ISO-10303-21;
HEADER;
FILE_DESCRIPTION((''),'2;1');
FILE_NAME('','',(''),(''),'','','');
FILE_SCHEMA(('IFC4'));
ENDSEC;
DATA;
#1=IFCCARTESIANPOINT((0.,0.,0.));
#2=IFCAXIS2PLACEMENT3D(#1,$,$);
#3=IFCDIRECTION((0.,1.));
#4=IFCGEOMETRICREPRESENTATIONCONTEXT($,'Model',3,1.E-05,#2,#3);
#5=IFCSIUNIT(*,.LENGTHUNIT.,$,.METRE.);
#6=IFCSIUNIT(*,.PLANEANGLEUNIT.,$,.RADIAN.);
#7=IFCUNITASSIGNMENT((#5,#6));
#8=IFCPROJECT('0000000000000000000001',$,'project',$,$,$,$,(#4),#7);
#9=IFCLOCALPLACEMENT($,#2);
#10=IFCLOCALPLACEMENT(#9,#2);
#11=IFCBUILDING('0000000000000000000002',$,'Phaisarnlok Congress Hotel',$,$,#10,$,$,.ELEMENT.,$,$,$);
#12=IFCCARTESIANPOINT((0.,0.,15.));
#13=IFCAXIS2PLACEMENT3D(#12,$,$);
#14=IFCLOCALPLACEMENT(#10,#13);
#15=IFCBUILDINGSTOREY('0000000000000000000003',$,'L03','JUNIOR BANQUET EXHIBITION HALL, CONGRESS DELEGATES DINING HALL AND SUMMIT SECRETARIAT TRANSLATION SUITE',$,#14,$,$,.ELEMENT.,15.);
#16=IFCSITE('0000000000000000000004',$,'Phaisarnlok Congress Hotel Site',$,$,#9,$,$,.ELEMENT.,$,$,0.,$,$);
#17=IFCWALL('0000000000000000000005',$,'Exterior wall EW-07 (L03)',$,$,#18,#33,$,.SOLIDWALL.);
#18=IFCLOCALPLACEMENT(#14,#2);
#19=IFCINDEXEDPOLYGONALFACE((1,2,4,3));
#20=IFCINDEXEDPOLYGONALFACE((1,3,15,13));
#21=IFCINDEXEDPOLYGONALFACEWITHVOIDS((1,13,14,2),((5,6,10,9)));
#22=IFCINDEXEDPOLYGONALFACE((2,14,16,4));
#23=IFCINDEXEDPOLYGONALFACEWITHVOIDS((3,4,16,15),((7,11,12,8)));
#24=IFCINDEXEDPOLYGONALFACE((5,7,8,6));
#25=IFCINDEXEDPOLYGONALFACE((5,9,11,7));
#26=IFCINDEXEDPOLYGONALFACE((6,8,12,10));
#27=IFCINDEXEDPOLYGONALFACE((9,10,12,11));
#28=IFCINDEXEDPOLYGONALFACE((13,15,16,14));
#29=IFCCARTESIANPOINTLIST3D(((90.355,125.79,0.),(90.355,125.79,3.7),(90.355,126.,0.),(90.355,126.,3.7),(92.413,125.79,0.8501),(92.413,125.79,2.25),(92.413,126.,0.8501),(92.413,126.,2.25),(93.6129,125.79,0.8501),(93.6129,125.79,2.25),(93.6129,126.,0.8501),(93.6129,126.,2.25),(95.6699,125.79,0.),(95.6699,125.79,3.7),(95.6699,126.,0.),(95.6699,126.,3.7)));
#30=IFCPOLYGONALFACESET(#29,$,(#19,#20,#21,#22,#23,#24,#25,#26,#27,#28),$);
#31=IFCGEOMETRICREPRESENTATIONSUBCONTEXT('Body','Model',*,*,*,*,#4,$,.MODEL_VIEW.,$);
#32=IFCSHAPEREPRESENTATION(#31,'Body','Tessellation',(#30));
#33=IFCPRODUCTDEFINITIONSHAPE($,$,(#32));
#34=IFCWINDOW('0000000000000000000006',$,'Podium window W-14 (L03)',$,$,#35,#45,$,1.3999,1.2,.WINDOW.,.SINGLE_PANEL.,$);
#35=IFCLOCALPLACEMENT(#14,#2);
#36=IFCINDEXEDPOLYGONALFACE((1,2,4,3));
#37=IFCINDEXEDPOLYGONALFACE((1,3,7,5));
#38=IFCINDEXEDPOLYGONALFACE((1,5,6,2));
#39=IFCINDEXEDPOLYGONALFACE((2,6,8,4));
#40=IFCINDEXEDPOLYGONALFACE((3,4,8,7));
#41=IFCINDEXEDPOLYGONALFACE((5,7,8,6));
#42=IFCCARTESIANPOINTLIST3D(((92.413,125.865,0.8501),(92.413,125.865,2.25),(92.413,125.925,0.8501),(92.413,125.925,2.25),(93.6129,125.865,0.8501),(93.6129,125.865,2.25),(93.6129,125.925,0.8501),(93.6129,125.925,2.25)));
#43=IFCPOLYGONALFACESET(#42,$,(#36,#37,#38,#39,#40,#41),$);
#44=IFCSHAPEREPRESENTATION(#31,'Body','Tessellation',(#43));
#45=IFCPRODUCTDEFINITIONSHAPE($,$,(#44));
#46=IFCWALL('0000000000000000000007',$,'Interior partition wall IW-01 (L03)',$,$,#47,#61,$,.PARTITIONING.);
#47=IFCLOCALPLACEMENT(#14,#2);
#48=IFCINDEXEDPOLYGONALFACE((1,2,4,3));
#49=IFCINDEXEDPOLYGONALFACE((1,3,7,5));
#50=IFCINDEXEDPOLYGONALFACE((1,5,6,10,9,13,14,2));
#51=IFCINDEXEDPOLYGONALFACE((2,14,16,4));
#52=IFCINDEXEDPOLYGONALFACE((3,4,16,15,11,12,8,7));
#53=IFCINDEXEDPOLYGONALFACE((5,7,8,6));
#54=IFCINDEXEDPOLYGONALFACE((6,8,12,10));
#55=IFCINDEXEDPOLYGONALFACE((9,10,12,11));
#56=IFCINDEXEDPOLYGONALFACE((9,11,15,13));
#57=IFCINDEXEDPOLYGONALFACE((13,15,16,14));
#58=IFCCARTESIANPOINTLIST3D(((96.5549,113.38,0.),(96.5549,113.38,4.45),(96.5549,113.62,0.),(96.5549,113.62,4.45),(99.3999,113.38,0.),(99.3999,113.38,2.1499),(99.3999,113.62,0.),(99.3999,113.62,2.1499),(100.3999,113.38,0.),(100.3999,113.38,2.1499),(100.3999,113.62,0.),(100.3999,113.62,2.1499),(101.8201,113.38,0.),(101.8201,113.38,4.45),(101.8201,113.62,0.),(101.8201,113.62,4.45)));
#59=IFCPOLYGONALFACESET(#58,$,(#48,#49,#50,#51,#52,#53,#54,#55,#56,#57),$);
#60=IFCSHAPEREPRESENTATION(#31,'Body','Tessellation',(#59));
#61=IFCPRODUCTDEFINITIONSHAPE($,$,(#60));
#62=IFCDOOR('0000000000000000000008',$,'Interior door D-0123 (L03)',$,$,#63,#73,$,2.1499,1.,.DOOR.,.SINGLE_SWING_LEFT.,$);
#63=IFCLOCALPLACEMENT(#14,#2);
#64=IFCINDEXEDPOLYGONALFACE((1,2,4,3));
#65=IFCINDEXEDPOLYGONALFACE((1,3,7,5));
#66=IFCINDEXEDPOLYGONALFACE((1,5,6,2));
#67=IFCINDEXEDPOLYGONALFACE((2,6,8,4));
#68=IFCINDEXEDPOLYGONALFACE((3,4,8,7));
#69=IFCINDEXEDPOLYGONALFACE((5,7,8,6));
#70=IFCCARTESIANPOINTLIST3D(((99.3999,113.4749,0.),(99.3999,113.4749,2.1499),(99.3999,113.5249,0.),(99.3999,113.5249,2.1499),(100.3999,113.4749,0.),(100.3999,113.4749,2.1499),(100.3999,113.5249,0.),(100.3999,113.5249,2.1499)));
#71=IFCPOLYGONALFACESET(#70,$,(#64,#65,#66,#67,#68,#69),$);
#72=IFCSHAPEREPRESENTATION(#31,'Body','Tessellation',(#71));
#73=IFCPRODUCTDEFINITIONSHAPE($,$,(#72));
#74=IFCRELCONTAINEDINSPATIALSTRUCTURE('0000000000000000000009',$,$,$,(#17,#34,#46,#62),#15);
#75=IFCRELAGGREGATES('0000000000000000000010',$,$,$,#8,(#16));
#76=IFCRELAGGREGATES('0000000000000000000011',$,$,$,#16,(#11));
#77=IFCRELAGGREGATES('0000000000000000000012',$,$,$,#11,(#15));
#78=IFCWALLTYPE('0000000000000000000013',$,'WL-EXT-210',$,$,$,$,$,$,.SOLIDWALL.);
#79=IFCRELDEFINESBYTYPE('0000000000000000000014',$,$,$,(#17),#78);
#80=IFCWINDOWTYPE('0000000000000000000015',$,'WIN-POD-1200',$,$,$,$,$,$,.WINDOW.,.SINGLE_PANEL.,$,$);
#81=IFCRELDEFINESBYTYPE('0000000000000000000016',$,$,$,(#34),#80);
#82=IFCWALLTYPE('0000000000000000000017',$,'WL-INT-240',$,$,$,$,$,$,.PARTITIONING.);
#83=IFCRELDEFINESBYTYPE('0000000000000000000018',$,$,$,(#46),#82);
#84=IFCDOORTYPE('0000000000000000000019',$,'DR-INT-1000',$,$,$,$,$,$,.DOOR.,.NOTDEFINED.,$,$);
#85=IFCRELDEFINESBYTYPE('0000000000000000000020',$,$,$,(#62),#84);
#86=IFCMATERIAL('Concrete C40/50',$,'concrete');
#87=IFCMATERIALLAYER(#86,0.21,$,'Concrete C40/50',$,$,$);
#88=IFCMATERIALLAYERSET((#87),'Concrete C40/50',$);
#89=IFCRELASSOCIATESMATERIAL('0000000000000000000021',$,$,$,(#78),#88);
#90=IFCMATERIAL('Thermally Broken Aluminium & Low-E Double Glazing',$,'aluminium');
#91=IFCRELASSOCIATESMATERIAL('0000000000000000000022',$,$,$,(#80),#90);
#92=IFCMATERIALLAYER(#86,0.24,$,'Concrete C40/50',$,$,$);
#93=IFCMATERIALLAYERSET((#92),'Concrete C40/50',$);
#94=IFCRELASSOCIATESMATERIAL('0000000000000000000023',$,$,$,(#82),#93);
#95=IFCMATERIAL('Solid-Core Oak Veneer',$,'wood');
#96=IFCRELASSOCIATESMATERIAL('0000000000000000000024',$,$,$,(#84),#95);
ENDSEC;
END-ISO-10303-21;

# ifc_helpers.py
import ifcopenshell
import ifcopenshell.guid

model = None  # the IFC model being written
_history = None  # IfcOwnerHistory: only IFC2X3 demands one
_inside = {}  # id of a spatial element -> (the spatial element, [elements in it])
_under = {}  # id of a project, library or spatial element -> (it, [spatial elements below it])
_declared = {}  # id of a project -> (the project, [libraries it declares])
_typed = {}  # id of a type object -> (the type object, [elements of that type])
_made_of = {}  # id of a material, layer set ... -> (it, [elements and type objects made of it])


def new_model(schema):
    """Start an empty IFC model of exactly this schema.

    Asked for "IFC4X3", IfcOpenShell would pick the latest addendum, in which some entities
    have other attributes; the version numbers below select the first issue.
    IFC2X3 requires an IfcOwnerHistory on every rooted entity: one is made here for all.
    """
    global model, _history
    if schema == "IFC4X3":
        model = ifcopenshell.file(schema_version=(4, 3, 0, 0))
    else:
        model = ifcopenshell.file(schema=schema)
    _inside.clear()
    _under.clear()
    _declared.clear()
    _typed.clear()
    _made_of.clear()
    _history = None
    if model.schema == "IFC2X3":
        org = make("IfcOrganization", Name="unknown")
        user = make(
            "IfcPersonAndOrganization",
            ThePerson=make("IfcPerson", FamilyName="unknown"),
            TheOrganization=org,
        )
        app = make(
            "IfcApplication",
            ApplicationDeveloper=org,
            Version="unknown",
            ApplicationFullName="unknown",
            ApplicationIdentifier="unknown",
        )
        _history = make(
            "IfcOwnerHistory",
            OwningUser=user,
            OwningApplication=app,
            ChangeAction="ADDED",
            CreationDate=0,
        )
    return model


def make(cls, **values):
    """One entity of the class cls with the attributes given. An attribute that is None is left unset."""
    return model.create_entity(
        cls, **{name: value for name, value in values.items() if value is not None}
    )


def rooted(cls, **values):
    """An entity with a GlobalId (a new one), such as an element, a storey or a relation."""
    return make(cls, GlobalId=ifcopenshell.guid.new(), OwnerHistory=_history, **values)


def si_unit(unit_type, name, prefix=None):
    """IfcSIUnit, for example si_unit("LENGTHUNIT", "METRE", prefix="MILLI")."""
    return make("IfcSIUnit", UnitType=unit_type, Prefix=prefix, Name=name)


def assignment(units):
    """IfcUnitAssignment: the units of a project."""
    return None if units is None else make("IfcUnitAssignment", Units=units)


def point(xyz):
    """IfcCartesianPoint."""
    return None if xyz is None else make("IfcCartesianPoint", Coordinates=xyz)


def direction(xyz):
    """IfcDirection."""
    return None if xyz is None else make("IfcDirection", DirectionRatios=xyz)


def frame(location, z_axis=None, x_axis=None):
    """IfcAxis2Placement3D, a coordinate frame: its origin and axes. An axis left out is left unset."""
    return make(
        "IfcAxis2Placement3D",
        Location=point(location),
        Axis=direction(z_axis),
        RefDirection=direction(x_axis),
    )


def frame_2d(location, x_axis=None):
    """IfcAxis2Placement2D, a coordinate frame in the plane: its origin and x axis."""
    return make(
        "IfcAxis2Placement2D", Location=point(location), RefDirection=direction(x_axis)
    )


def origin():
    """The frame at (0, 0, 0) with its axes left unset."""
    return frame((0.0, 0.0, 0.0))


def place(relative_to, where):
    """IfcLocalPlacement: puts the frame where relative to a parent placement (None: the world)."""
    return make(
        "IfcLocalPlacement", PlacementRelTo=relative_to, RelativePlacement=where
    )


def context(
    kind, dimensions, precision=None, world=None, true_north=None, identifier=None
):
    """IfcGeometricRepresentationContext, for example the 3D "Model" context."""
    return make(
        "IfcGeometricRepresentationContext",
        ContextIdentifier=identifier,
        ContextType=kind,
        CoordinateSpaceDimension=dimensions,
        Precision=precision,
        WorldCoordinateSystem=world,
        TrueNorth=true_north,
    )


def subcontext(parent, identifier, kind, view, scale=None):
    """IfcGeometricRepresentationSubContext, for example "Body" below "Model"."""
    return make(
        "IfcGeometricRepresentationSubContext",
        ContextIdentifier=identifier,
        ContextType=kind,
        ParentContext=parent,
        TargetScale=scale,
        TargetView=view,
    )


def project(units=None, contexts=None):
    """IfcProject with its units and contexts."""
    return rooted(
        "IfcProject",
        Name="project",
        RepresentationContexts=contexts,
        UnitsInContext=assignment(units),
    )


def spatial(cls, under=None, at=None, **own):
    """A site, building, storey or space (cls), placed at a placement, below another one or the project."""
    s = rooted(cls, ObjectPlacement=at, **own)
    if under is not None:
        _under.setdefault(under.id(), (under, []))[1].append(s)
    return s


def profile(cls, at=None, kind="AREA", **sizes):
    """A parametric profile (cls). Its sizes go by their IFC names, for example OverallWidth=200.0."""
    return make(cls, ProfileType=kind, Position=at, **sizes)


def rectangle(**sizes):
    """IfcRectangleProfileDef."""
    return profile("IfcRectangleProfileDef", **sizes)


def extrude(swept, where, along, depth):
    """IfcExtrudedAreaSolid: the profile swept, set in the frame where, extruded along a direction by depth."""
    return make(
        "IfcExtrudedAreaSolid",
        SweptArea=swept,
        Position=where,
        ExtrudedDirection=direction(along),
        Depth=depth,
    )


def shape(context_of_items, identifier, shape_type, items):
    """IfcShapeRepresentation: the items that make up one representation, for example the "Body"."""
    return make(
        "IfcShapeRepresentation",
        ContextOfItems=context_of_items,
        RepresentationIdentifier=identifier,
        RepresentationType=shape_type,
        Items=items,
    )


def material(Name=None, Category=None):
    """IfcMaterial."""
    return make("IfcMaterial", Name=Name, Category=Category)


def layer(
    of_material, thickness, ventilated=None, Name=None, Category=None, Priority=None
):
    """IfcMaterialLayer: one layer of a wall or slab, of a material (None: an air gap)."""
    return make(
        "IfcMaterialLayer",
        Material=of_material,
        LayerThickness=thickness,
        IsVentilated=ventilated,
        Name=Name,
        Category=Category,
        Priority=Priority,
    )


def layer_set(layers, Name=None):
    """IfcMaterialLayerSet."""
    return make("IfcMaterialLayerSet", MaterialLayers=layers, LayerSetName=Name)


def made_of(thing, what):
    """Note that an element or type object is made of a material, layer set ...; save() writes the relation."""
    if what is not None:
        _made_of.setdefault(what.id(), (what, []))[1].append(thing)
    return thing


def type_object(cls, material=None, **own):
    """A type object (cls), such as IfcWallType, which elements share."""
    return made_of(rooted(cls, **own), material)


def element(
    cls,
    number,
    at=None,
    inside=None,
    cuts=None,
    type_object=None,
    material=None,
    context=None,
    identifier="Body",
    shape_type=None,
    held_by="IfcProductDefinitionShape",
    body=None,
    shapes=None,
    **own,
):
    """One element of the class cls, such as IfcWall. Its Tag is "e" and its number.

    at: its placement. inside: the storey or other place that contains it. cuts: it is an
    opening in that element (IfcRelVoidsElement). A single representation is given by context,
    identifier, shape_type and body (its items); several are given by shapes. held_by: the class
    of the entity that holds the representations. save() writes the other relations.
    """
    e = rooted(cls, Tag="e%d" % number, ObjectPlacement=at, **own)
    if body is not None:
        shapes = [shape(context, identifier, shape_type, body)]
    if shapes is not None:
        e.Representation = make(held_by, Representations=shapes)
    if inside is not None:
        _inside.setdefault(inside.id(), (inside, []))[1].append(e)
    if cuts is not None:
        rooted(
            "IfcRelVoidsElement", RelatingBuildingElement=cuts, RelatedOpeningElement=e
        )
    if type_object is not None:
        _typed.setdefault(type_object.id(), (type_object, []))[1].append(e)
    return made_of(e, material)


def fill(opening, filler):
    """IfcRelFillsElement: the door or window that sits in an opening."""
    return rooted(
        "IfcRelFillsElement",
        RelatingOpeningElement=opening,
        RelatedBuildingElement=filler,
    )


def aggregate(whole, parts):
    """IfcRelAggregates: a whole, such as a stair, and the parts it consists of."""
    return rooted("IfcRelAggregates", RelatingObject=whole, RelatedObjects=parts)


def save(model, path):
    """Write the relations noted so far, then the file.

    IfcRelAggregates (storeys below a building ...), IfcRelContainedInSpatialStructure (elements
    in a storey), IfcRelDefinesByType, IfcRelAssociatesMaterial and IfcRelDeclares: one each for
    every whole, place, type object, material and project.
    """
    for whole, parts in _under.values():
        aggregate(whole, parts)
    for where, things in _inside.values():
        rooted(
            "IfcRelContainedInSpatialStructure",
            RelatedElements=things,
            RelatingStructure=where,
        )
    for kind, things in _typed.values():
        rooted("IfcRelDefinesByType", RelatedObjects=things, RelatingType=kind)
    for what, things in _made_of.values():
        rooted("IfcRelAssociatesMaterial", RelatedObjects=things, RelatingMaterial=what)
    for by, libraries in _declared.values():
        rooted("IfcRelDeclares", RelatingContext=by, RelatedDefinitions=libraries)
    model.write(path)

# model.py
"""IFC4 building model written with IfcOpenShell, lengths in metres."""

from ifc_helpers import new_model, si_unit, direction, frame, frame_2d, origin, place, context, subcontext, project, spatial, rectangle, extrude, material, layer, layer_set, type_object, element, fill, save


model = new_model("IFC4")

# Units and contexts
model_context = context("Model", 3, precision=1e-05, world=origin(), true_north=direction((0.0, 1.0)))
body_context = subcontext(model_context, "Body", "Model", "MODEL_VIEW")
ifc_project = project(units=[si_unit("LENGTHUNIT", "METRE"), si_unit("PLANEANGLEUNIT", "RADIAN")], contexts=[model_context])

# Site, building, storey
site_placement = place(None, origin())
site = spatial("IfcSite", under=ifc_project, at=site_placement, Name="Phaisarnlok Congress Hotel Site", CompositionType="ELEMENT", RefElevation=0.0)
building_placement = place(site_placement, origin())
building = spatial("IfcBuilding", under=site, at=building_placement, Name="Phaisarnlok Congress Hotel", CompositionType="ELEMENT")
storey_placement = place(building_placement, frame((0.0, 0.0, 15.0)))
storey = spatial("IfcBuildingStorey", under=building, at=storey_placement, Name="L03", Description="JUNIOR BANQUET EXHIBITION HALL, CONGRESS DELEGATES DINING HALL AND SUMMIT SECRETARIAT TRANSLATION SUITE", CompositionType="ELEMENT", Elevation=15.0)

# Shared definitions
ifc_material_1 = material(Name="Concrete C40/50", Category="concrete")

# Wall, opening, window
ifc_layer_1 = layer(ifc_material_1, 0.21, Name="Concrete C40/50")
ifc_layer_set_1 = layer_set([ifc_layer_1], Name="Concrete C40/50")
wall_type_1 = type_object("IfcWallType", Name="WL-EXT-210", PredefinedType="SOLIDWALL", material=ifc_layer_set_1)
wall_1_placement = place(storey_placement, frame((95.6699, 125.895, 0.0), z_axis=(0.0, 0.0, 1.0), x_axis=(-1.0, 0.0, 0.0)))
wall_1 = element("IfcWall", 1, at=wall_1_placement, inside=storey, type_object=wall_type_1, Name="Exterior wall EW-07 (L03)", PredefinedType="SOLIDWALL", context=body_context, shape_type="SweptSolid", body=[
    extrude(rectangle(XDim=5.3149, YDim=0.21, at=frame_2d((2.6575, 0.0))), origin(), (0.0, 0.0, 1.0), 3.7),
])
opening_1_placement = place(wall_1_placement, frame((2.0569, 0.0, 0.8501)))
opening_1 = element("IfcOpeningElement", 2, at=opening_1_placement, cuts=wall_1, PredefinedType="OPENING", context=body_context, shape_type="SweptSolid", body=[
    extrude(rectangle(XDim=1.2, YDim=1.3999, at=frame_2d((0.6001, 0.7))), frame((0.0, 0.115, 0.0), z_axis=(0.0, -1.0, 0.0), x_axis=(1.0, 0.0, 0.0)), (0.0, 0.0, 1.0), 0.23),
])
ifc_material_2 = material(Name="Thermally Broken Aluminium & Low-E Double Glazing", Category="aluminium")
window_type = type_object("IfcWindowType", Name="WIN-POD-1200", PartitioningType="SINGLE_PANEL", PredefinedType="WINDOW", material=ifc_material_2)
window_placement = place(opening_1_placement, origin())
window = element("IfcWindow", 3, at=window_placement, inside=storey, type_object=window_type, Name="Podium window W-14 (L03)", OverallHeight=1.3999, OverallWidth=1.2, PartitioningType="SINGLE_PANEL", PredefinedType="WINDOW", context=body_context, shape_type="SweptSolid", body=[
    extrude(rectangle(XDim=1.2, YDim=1.3999, at=frame_2d((0.6001, 0.7))), frame((0.0, 0.03, 0.0), z_axis=(0.0, -1.0, 0.0), x_axis=(1.0, 0.0, 0.0)), (0.0, 0.0, 1.0), 0.0601),
])
fill(opening_1, window)

# Wall, opening, door
ifc_layer_2 = layer(ifc_material_1, 0.24, Name="Concrete C40/50")
ifc_layer_set_2 = layer_set([ifc_layer_2], Name="Concrete C40/50")
wall_type_2 = type_object("IfcWallType", Name="WL-INT-240", PredefinedType="PARTITIONING", material=ifc_layer_set_2)
wall_2_placement = place(storey_placement, frame((96.5549, 113.5, 0.0), z_axis=(0.0, 0.0, 1.0), x_axis=(1.0, 0.0, 0.0)))
wall_2 = element("IfcWall", 4, at=wall_2_placement, inside=storey, type_object=wall_type_2, Name="Interior partition wall IW-01 (L03)", PredefinedType="PARTITIONING", context=body_context, shape_type="SweptSolid", body=[
    extrude(rectangle(XDim=5.2651, YDim=0.24, at=frame_2d((2.6326, 0.0))), origin(), (0.0, 0.0, 1.0), 4.45),
])
opening_2_placement = place(wall_2_placement, frame((2.845, 0.0, 0.0)))
opening_2 = element("IfcOpeningElement", 5, at=opening_2_placement, cuts=wall_2, PredefinedType="OPENING", context=body_context, shape_type="SweptSolid", body=[
    extrude(rectangle(XDim=1.0, YDim=2.1499, at=frame_2d((0.5, 1.075))), frame((0.0, 0.1299, 0.0), z_axis=(0.0, -1.0, 0.0), x_axis=(1.0, 0.0, 0.0)), (0.0, 0.0, 1.0), 0.26),
])
ifc_material_3 = material(Name="Solid-Core Oak Veneer", Category="wood")
door_type = type_object("IfcDoorType", Name="DR-INT-1000", OperationType="NOTDEFINED", PredefinedType="DOOR", material=ifc_material_3)
door_placement = place(opening_2_placement, origin())
door = element("IfcDoor", 6, at=door_placement, inside=storey, type_object=door_type, Name="Interior door D-0123 (L03)", OperationType="SINGLE_SWING_LEFT", OverallHeight=2.1499, OverallWidth=1.0, PredefinedType="DOOR", context=body_context, shape_type="SweptSolid", body=[
    extrude(rectangle(XDim=1.0, YDim=2.1499, at=frame_2d((0.5, 1.075))), frame((0.0, 0.0249, 0.0), z_axis=(0.0, -1.0, 0.0), x_axis=(1.0, 0.0, 0.0)), (0.0, 0.0, 1.0), 0.05),
])
fill(opening_2, door)

save(model, "model.ifc")
